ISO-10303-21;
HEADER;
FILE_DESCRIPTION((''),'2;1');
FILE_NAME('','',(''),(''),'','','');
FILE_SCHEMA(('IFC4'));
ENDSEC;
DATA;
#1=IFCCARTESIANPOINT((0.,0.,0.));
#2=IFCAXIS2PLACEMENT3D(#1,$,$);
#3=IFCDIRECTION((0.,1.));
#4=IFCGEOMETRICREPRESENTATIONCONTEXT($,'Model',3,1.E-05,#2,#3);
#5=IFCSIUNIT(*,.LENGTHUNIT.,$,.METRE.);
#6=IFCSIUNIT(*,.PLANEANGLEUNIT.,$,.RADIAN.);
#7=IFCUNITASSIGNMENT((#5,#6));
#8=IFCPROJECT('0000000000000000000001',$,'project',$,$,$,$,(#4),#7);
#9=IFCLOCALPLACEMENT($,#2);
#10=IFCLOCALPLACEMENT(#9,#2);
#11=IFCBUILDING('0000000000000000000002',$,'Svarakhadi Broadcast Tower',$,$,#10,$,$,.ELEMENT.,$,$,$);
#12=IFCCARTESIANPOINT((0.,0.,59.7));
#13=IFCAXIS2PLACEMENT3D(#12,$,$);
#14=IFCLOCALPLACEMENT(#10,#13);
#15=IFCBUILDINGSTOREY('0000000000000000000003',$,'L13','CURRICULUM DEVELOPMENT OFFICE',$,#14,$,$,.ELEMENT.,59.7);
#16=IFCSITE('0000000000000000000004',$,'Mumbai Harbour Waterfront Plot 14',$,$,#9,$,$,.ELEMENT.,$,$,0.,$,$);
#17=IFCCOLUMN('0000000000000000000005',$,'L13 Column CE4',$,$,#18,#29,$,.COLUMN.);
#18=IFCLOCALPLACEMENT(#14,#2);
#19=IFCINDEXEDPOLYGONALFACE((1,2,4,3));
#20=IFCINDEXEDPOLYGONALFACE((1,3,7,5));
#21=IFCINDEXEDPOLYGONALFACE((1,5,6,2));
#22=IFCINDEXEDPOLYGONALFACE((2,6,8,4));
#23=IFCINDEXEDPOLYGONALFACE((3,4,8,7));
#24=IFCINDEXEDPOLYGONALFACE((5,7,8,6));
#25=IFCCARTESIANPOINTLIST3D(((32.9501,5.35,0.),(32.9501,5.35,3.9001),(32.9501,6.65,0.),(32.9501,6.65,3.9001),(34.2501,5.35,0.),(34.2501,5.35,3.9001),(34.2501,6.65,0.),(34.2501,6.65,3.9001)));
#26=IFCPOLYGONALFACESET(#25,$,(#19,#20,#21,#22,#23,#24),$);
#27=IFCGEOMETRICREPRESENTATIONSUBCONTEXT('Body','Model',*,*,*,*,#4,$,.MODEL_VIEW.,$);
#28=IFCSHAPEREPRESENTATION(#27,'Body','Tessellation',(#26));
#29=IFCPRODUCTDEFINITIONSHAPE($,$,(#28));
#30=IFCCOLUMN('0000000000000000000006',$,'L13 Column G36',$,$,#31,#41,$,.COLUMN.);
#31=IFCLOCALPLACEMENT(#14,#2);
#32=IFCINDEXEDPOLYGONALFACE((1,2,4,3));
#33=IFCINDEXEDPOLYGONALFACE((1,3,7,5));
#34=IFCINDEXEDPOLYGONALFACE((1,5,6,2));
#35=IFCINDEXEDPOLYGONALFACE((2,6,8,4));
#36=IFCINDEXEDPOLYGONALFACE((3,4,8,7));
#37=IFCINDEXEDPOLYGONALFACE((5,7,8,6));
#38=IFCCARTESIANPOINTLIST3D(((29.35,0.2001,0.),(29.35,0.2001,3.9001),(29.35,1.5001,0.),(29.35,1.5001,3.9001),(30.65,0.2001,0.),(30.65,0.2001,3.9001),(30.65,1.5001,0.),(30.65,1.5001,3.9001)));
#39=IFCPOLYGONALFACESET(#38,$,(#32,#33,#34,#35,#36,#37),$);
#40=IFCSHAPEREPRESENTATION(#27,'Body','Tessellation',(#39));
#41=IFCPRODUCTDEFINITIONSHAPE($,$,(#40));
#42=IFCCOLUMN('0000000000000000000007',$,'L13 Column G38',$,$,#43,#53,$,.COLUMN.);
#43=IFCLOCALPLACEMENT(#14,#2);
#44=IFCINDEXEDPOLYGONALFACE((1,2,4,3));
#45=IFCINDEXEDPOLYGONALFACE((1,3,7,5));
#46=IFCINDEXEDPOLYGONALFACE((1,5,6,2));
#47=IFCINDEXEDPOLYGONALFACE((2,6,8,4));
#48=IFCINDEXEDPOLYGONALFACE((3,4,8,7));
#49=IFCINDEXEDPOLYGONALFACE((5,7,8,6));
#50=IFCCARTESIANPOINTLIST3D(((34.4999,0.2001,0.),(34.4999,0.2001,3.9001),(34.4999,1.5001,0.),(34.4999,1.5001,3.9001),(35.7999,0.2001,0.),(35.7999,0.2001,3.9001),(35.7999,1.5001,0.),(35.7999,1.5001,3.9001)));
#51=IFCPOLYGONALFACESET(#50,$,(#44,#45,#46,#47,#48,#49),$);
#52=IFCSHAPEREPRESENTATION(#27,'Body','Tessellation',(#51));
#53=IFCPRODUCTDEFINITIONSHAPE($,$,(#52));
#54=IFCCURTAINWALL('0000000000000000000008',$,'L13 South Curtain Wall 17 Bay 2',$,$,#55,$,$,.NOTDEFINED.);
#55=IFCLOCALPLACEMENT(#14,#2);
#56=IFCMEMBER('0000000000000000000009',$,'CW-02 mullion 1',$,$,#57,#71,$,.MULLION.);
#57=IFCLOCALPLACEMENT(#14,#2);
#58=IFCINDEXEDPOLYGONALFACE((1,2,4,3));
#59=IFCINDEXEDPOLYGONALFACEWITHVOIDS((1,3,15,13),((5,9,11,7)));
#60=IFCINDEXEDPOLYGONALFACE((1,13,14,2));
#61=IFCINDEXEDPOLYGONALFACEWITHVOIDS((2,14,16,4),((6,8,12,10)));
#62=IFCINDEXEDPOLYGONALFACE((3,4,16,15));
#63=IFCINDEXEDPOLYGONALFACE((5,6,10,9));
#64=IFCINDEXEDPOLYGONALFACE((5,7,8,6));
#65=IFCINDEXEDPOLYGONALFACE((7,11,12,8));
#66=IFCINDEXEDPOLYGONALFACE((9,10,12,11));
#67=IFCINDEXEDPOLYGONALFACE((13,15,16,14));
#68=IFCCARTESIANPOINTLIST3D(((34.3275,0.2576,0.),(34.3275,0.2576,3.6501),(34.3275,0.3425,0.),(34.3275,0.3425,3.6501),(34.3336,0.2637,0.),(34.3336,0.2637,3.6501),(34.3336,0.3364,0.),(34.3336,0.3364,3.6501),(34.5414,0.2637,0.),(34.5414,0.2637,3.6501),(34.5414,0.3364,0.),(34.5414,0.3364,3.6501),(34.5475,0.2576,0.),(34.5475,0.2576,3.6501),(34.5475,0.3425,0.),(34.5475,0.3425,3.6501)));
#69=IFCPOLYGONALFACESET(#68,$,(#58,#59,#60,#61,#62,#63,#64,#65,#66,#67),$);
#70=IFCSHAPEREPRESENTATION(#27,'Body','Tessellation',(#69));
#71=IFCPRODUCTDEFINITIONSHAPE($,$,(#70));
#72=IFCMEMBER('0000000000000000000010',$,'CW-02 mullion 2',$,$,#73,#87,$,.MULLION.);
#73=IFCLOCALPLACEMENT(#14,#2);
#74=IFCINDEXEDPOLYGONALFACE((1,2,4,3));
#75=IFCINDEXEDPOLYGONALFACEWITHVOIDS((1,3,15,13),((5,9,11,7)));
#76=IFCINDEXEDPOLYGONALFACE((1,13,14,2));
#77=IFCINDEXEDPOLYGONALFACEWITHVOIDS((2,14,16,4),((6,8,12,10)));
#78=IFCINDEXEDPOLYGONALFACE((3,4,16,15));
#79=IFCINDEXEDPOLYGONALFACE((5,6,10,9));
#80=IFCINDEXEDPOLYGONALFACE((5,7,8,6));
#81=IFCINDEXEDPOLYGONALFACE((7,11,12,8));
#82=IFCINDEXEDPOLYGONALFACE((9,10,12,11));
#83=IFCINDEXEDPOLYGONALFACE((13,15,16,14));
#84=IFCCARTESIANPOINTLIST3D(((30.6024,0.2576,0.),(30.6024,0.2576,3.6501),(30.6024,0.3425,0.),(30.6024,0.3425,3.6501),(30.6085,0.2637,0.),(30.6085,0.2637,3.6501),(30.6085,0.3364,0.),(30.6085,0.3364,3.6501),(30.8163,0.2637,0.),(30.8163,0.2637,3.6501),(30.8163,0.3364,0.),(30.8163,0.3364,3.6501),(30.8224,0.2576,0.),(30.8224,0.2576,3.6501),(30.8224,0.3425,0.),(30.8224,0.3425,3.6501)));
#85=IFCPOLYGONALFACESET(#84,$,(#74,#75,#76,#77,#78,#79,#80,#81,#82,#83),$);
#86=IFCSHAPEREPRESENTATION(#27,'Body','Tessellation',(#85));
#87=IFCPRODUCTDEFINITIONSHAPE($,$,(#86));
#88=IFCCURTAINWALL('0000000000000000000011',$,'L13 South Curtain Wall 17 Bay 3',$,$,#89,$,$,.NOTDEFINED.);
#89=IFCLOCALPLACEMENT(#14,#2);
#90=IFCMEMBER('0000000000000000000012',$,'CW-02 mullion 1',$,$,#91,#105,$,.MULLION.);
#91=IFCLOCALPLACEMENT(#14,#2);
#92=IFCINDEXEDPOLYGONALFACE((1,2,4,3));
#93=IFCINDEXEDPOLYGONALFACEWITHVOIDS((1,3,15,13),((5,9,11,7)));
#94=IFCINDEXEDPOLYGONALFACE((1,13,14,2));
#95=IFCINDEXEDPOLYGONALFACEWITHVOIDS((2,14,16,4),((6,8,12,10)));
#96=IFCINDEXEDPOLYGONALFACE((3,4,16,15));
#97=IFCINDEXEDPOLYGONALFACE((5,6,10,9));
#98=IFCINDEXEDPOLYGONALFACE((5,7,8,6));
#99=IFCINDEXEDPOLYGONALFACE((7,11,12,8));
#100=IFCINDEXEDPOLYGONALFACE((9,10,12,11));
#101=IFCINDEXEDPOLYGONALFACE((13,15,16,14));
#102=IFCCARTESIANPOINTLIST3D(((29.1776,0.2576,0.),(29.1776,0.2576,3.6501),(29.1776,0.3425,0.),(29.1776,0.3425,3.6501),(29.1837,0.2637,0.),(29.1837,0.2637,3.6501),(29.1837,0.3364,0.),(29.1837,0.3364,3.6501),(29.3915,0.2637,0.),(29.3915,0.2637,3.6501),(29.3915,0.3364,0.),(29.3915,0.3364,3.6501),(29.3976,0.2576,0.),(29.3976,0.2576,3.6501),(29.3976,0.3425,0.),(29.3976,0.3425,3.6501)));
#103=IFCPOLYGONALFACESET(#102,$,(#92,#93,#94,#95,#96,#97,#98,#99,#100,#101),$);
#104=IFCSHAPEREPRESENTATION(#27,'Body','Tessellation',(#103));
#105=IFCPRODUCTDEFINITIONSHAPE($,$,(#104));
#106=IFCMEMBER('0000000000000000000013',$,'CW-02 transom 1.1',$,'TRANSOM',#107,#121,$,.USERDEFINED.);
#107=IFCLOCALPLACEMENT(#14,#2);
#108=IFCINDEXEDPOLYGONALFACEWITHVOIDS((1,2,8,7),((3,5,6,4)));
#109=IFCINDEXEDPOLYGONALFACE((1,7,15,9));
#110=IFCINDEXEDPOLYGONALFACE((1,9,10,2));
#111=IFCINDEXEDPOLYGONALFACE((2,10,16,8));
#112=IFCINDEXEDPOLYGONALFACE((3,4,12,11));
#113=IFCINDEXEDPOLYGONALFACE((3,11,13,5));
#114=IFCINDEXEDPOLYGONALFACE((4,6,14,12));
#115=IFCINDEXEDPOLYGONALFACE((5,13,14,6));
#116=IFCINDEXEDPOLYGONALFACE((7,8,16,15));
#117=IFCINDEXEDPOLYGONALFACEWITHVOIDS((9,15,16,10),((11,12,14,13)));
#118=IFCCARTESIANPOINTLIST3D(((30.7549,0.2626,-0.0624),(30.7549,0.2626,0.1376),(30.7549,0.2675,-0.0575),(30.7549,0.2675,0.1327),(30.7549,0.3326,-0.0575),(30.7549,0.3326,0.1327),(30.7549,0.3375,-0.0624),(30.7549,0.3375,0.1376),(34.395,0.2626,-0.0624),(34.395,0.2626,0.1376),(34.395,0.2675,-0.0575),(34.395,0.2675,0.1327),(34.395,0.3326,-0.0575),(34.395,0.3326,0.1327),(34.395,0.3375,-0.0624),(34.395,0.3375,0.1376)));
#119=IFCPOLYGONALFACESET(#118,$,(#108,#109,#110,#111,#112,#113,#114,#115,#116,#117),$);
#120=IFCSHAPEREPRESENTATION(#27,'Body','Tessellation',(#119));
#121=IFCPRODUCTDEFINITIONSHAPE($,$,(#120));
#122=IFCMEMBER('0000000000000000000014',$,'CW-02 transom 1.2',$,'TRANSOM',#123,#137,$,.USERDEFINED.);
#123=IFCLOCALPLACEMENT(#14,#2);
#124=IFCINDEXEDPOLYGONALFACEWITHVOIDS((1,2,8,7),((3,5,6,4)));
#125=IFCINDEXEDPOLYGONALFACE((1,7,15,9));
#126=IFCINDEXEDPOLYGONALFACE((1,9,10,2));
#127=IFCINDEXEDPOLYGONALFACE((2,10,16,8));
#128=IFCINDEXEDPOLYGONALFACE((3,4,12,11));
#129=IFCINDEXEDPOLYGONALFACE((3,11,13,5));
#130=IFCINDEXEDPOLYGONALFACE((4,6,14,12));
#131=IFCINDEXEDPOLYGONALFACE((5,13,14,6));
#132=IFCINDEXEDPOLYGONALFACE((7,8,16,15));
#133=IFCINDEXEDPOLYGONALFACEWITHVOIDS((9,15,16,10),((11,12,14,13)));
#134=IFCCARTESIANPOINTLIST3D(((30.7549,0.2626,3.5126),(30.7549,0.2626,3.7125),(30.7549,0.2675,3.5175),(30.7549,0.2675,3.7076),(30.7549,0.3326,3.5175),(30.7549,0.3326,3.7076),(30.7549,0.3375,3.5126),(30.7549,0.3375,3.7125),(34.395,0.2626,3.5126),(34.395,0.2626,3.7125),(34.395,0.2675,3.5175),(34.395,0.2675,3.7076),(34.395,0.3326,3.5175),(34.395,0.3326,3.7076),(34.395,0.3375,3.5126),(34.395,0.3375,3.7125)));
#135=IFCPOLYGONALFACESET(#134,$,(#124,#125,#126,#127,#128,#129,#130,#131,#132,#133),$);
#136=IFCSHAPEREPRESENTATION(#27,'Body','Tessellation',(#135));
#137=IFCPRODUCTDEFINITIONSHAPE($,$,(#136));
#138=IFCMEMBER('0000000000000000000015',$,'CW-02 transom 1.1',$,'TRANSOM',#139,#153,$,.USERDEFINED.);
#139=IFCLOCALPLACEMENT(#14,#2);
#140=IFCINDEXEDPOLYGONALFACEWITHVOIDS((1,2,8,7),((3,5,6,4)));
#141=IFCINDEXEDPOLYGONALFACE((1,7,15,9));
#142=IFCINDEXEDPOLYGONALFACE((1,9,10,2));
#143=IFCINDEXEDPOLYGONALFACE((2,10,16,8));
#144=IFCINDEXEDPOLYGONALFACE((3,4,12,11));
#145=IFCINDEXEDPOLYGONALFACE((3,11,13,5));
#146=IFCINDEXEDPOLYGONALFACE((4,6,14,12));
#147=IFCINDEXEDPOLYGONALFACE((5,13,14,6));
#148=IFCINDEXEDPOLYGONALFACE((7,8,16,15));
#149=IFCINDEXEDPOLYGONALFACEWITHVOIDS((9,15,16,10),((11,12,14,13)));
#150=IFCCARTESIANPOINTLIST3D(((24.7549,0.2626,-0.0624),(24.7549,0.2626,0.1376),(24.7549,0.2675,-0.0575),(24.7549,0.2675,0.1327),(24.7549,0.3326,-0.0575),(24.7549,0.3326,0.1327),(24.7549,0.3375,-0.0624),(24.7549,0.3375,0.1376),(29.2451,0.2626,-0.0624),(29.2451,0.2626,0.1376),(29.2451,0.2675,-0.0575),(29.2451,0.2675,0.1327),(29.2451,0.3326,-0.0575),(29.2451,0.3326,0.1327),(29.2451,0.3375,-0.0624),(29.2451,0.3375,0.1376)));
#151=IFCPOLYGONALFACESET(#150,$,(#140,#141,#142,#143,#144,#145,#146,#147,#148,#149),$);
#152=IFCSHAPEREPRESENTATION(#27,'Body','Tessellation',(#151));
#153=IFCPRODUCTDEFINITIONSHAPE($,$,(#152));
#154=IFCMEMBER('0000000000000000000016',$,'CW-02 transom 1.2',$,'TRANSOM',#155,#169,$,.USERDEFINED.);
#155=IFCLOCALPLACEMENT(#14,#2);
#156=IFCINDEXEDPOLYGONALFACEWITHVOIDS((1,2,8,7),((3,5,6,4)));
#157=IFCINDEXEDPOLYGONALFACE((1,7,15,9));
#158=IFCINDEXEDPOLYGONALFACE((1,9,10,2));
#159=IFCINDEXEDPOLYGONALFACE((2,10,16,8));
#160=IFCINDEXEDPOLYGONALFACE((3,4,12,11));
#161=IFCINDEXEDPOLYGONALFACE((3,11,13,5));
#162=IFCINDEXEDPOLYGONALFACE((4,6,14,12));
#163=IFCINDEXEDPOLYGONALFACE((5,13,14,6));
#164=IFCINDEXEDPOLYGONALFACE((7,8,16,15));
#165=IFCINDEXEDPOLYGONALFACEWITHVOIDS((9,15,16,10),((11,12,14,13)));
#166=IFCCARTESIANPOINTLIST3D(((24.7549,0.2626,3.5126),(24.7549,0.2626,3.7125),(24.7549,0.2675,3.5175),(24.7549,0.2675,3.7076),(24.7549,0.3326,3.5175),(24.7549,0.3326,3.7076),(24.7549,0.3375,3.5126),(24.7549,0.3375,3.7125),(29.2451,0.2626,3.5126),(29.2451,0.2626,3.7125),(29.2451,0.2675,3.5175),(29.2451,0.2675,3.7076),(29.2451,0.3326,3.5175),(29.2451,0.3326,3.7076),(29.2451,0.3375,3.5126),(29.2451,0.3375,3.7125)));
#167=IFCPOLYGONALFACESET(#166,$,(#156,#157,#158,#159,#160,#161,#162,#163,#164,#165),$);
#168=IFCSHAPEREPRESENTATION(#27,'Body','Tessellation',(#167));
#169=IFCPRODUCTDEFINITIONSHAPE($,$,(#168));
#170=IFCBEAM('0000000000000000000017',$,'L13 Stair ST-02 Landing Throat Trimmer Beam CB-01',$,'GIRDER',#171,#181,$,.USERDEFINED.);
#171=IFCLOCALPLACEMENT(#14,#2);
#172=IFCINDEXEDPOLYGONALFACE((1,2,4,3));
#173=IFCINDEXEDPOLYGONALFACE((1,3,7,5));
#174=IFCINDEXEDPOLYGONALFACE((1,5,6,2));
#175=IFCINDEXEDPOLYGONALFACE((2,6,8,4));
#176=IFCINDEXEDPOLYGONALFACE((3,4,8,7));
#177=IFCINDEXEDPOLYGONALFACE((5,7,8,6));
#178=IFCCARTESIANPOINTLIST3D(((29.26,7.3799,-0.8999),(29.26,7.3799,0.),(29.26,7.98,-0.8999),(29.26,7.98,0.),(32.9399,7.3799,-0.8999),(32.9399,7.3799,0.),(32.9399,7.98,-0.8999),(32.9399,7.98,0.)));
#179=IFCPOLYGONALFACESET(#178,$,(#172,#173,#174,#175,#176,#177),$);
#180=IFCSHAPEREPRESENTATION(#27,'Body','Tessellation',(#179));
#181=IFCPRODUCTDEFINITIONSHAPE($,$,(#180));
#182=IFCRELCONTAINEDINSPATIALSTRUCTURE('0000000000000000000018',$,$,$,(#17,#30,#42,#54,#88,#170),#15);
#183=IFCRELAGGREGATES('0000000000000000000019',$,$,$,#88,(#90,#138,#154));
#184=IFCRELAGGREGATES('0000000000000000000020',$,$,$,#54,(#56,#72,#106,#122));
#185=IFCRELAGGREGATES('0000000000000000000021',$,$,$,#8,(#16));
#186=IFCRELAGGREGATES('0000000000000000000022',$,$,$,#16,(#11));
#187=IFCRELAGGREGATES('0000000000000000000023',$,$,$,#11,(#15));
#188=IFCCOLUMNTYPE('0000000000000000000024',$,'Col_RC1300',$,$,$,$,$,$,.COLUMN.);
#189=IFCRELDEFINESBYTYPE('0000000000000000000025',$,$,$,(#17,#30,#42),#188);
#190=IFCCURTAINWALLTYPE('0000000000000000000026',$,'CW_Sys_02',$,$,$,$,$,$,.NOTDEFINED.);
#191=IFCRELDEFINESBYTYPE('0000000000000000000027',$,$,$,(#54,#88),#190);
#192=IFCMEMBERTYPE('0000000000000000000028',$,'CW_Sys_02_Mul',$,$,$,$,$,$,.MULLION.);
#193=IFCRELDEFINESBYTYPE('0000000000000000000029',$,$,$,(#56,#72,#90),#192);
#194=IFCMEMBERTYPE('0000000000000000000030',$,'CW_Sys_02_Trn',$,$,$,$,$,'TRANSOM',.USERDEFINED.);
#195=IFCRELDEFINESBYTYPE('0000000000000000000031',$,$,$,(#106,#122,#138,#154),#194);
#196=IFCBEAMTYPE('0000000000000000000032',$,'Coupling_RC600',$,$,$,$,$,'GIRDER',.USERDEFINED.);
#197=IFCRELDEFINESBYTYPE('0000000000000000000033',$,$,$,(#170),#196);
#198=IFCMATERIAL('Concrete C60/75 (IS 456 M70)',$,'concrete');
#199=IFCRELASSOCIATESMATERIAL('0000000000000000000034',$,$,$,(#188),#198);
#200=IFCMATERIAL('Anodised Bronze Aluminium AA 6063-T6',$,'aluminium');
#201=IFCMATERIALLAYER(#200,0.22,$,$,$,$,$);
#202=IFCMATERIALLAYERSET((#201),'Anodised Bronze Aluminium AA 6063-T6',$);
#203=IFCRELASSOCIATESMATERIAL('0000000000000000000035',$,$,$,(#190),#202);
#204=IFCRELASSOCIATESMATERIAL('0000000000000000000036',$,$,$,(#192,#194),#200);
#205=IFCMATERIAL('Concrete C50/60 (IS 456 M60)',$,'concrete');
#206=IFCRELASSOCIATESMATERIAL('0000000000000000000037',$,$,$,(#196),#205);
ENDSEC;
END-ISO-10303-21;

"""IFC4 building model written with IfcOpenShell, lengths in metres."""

from ifc_helpers import new_model, si_unit, direction, frame, origin, origin_2d, place, context, subcontext, project, spatial, rectangle, hollow_rectangle, extrude, material, layer, layer_set, material_profile, profile_set, type_object, element, aggregate, save


model = new_model("IFC4")

# Units and contexts
model_context = context("Model", 3, precision=1e-05, world=origin(), true_north=direction((0.0, 1.0)))
body_context = subcontext(model_context, "Body", "Model", "MODEL_VIEW")
ifc_project = project(units=[si_unit("LENGTHUNIT", "METRE"), si_unit("PLANEANGLEUNIT", "RADIAN")], contexts=[model_context])

# Site, building, storey
site_placement = place(None, origin())
site = spatial("IfcSite", under=ifc_project, at=site_placement, Name="Mumbai Harbour Waterfront Plot 14", CompositionType="ELEMENT", RefElevation=0.0)
building_placement = place(site_placement, origin())
building = spatial("IfcBuilding", under=site, at=building_placement, Name="Svarakhadi Broadcast Tower", CompositionType="ELEMENT")
storey_placement = place(building_placement, frame((0.0, 0.0, 59.7)))
storey = spatial("IfcBuildingStorey", under=building, at=storey_placement, Name="L13", Description="CURRICULUM DEVELOPMENT OFFICE", CompositionType="ELEMENT", Elevation=59.7)

# Columns
ifc_material_1 = material(Name="Concrete C60/75 (IS 456 M70)", Category="concrete")
ifc_material_profile_1 = material_profile(ifc_material_1, rectangle(XDim=1.3, YDim=1.3, at=origin_2d()), Name="RC 1300x1300")
ifc_profile_set_1 = profile_set([ifc_material_profile_1], Name="Concrete C60/75 (IS 456 M70)")
column_type = type_object("IfcColumnType", Name="Col_RC1300", PredefinedType="COLUMN", material=ifc_profile_set_1)
for number, where, z_axis, x_axis, name in (
    (1, (33.6001, 6.0, 0.0), (0.0, 0.0, 1.0), (1.0, 0.0, 0.0), "L13 Column CE4"),
    (2, (30.0, 0.8501, 0.0), (0.0, 0.0, 1.0), (1.0, 0.0, 0.0), "L13 Column G36"),
    (3, (35.1499, 0.8501, 0.0), (0.0, 0.0, 1.0), (1.0, 0.0, 0.0), "L13 Column G38"),
):
    element("IfcColumn", number, at=place(storey_placement, frame(where, z_axis=z_axis, x_axis=x_axis)), inside=storey, type_object=column_type, Name=name, PredefinedType="COLUMN", context=body_context, shape_type="SweptSolid", body=[
        extrude(rectangle(XDim=1.3, YDim=1.3, at=origin_2d()), origin(), (0.0, 0.0, 1.0), 3.9001),
    ])

# Curtain wall, members
ifc_material_2 = material(Name="Anodised Bronze Aluminium AA 6063-T6", Category="aluminium")
ifc_layer_1 = layer(ifc_material_2, 0.22)
ifc_layer_set_1 = layer_set([ifc_layer_1], Name="Anodised Bronze Aluminium AA 6063-T6")
curtain_wall_type = type_object("IfcCurtainWallType", Name="CW_Sys_02", PredefinedType="NOTDEFINED", material=ifc_layer_set_1)
curtain_wall_1_placement = place(storey_placement, origin())
curtain_wall_1 = element("IfcCurtainWall", 4, at=curtain_wall_1_placement, inside=storey, type_object=curtain_wall_type, Name="L13 South Curtain Wall 17 Bay 2", PredefinedType="NOTDEFINED")
ifc_material_profile_2 = material_profile(ifc_material_2, hollow_rectangle(XDim=0.085, YDim=0.22, WallThickness=0.0061, at=origin_2d()), Name="ALU MULLION 220x85x6")
ifc_profile_set_2 = profile_set([ifc_material_profile_2], Name="Anodised Bronze Aluminium AA 6063-T6")
member_type_1 = type_object("IfcMemberType", Name="CW_Sys_02_Mul", PredefinedType="MULLION", material=ifc_profile_set_2)
member_1_placement = place(storey_placement, frame((34.4375, 0.3, 0.0), z_axis=(0.0, 0.0, 1.0), x_axis=(0.0, -1.0, 0.0)))
member_1 = element("IfcMember", 5, at=member_1_placement, type_object=member_type_1, Name="CW-02 mullion 1", PredefinedType="MULLION", context=body_context, shape_type="SweptSolid", body=[
    extrude(hollow_rectangle(XDim=0.085, YDim=0.22, WallThickness=0.0061, at=origin_2d()), origin(), (0.0, 0.0, 1.0), 3.6501),
])
member_2_placement = place(storey_placement, frame((30.7124, 0.3, 0.0), z_axis=(0.0, 0.0, 1.0), x_axis=(0.0, -1.0, 0.0)))
member_2 = element("IfcMember", 6, at=member_2_placement, type_object=member_type_1, Name="CW-02 mullion 2", PredefinedType="MULLION", context=body_context, shape_type="SweptSolid", body=[
    extrude(hollow_rectangle(XDim=0.085, YDim=0.22, WallThickness=0.0061, at=origin_2d()), origin(), (0.0, 0.0, 1.0), 3.6501),
])

# Curtain wall, member
curtain_wall_2_placement = place(storey_placement, origin())
curtain_wall_2 = element("IfcCurtainWall", 7, at=curtain_wall_2_placement, inside=storey, type_object=curtain_wall_type, Name="L13 South Curtain Wall 17 Bay 3", PredefinedType="NOTDEFINED")
member_3_placement = place(storey_placement, frame((29.2876, 0.3, 0.0), z_axis=(0.0, 0.0, 1.0), x_axis=(0.0, -1.0, 0.0)))
member_3 = element("IfcMember", 8, at=member_3_placement, type_object=member_type_1, Name="CW-02 mullion 1", PredefinedType="MULLION", context=body_context, shape_type="SweptSolid", body=[
    extrude(hollow_rectangle(XDim=0.085, YDim=0.22, WallThickness=0.0061, at=origin_2d()), origin(), (0.0, 0.0, 1.0), 3.6501),
])

# Members
ifc_material_profile_3 = material_profile(ifc_material_2, hollow_rectangle(XDim=0.075, YDim=0.2, WallThickness=0.0049, at=origin_2d()), Name="ALU TRANSOM 200x75x5")
ifc_profile_set_3 = profile_set([ifc_material_profile_3], Name="Anodised Bronze Aluminium AA 6063-T6")
member_type_2 = type_object("IfcMemberType", Name="CW_Sys_02_Trn", ElementType="TRANSOM", PredefinedType="USERDEFINED", material=ifc_profile_set_3)
member_4_placement = place(storey_placement, frame((34.395, 0.3, 0.0376), z_axis=(-1.0, 0.0, 0.0), x_axis=(0.0, -1.0, 0.0)))
member_4 = element("IfcMember", 9, at=member_4_placement, type_object=member_type_2, Name="CW-02 transom 1.1", ObjectType="TRANSOM", PredefinedType="USERDEFINED", context=body_context, shape_type="SweptSolid", body=[
    extrude(hollow_rectangle(XDim=0.075, YDim=0.2, WallThickness=0.0049, at=origin_2d()), origin(), (0.0, 0.0, 1.0), 3.6401),
])
member_5_placement = place(storey_placement, frame((34.395, 0.3, 3.6125), z_axis=(-1.0, 0.0, 0.0), x_axis=(0.0, -1.0, 0.0)))
member_5 = element("IfcMember", 10, at=member_5_placement, type_object=member_type_2, Name="CW-02 transom 1.2", ObjectType="TRANSOM", PredefinedType="USERDEFINED", context=body_context, shape_type="SweptSolid", body=[
    extrude(hollow_rectangle(XDim=0.075, YDim=0.2, WallThickness=0.0049, at=origin_2d()), origin(), (0.0, 0.0, 1.0), 3.6401),
])
member_6_placement = place(storey_placement, frame((29.2451, 0.3, 0.0376), z_axis=(-1.0, 0.0, 0.0), x_axis=(0.0, -1.0, 0.0)))
member_6 = element("IfcMember", 11, at=member_6_placement, type_object=member_type_2, Name="CW-02 transom 1.1", ObjectType="TRANSOM", PredefinedType="USERDEFINED", context=body_context, shape_type="SweptSolid", body=[
    extrude(hollow_rectangle(XDim=0.075, YDim=0.2, WallThickness=0.0049, at=origin_2d()), origin(), (0.0, 0.0, 1.0), 4.4902),
])
member_7_placement = place(storey_placement, frame((29.2451, 0.3, 3.6125), z_axis=(-1.0, 0.0, 0.0), x_axis=(0.0, -1.0, 0.0)))
member_7 = element("IfcMember", 12, at=member_7_placement, type_object=member_type_2, Name="CW-02 transom 1.2", ObjectType="TRANSOM", PredefinedType="USERDEFINED", context=body_context, shape_type="SweptSolid", body=[
    extrude(hollow_rectangle(XDim=0.075, YDim=0.2, WallThickness=0.0049, at=origin_2d()), origin(), (0.0, 0.0, 1.0), 4.4902),
])
aggregate(curtain_wall_2, [member_3, member_6, member_7])

# Beam
ifc_material_3 = material(Name="Concrete C50/60 (IS 456 M60)", Category="concrete")
ifc_material_profile_4 = material_profile(ifc_material_3, rectangle(XDim=0.6001, YDim=0.8999, at=origin_2d()), Name="RC 600x900")
ifc_profile_set_4 = profile_set([ifc_material_profile_4], Name="Concrete C50/60 (IS 456 M60)")
beam_type_1 = type_object("IfcBeamType", Name="Coupling_RC600", ElementType="GIRDER", PredefinedType="USERDEFINED", material=ifc_profile_set_4)
beam_1_placement = place(storey_placement, frame((29.26, 7.6799, -0.45), z_axis=(1.0, 0.0, 0.0), x_axis=(0.0, 1.0, 0.0)))
element("IfcBeam", 13, at=beam_1_placement, inside=storey, type_object=beam_type_1, Name="L13 Stair ST-02 Landing Throat Trimmer Beam CB-01", ObjectType="GIRDER", PredefinedType="USERDEFINED", context=body_context, shape_type="SweptSolid", body=[
    extrude(rectangle(XDim=0.6001, YDim=0.8999, at=origin_2d()), origin(), (0.0, 0.0, 1.0), 3.6799),
])

aggregate(curtain_wall_1, [member_1, member_2, member_4, member_5])

save(model, "model.ifc")
